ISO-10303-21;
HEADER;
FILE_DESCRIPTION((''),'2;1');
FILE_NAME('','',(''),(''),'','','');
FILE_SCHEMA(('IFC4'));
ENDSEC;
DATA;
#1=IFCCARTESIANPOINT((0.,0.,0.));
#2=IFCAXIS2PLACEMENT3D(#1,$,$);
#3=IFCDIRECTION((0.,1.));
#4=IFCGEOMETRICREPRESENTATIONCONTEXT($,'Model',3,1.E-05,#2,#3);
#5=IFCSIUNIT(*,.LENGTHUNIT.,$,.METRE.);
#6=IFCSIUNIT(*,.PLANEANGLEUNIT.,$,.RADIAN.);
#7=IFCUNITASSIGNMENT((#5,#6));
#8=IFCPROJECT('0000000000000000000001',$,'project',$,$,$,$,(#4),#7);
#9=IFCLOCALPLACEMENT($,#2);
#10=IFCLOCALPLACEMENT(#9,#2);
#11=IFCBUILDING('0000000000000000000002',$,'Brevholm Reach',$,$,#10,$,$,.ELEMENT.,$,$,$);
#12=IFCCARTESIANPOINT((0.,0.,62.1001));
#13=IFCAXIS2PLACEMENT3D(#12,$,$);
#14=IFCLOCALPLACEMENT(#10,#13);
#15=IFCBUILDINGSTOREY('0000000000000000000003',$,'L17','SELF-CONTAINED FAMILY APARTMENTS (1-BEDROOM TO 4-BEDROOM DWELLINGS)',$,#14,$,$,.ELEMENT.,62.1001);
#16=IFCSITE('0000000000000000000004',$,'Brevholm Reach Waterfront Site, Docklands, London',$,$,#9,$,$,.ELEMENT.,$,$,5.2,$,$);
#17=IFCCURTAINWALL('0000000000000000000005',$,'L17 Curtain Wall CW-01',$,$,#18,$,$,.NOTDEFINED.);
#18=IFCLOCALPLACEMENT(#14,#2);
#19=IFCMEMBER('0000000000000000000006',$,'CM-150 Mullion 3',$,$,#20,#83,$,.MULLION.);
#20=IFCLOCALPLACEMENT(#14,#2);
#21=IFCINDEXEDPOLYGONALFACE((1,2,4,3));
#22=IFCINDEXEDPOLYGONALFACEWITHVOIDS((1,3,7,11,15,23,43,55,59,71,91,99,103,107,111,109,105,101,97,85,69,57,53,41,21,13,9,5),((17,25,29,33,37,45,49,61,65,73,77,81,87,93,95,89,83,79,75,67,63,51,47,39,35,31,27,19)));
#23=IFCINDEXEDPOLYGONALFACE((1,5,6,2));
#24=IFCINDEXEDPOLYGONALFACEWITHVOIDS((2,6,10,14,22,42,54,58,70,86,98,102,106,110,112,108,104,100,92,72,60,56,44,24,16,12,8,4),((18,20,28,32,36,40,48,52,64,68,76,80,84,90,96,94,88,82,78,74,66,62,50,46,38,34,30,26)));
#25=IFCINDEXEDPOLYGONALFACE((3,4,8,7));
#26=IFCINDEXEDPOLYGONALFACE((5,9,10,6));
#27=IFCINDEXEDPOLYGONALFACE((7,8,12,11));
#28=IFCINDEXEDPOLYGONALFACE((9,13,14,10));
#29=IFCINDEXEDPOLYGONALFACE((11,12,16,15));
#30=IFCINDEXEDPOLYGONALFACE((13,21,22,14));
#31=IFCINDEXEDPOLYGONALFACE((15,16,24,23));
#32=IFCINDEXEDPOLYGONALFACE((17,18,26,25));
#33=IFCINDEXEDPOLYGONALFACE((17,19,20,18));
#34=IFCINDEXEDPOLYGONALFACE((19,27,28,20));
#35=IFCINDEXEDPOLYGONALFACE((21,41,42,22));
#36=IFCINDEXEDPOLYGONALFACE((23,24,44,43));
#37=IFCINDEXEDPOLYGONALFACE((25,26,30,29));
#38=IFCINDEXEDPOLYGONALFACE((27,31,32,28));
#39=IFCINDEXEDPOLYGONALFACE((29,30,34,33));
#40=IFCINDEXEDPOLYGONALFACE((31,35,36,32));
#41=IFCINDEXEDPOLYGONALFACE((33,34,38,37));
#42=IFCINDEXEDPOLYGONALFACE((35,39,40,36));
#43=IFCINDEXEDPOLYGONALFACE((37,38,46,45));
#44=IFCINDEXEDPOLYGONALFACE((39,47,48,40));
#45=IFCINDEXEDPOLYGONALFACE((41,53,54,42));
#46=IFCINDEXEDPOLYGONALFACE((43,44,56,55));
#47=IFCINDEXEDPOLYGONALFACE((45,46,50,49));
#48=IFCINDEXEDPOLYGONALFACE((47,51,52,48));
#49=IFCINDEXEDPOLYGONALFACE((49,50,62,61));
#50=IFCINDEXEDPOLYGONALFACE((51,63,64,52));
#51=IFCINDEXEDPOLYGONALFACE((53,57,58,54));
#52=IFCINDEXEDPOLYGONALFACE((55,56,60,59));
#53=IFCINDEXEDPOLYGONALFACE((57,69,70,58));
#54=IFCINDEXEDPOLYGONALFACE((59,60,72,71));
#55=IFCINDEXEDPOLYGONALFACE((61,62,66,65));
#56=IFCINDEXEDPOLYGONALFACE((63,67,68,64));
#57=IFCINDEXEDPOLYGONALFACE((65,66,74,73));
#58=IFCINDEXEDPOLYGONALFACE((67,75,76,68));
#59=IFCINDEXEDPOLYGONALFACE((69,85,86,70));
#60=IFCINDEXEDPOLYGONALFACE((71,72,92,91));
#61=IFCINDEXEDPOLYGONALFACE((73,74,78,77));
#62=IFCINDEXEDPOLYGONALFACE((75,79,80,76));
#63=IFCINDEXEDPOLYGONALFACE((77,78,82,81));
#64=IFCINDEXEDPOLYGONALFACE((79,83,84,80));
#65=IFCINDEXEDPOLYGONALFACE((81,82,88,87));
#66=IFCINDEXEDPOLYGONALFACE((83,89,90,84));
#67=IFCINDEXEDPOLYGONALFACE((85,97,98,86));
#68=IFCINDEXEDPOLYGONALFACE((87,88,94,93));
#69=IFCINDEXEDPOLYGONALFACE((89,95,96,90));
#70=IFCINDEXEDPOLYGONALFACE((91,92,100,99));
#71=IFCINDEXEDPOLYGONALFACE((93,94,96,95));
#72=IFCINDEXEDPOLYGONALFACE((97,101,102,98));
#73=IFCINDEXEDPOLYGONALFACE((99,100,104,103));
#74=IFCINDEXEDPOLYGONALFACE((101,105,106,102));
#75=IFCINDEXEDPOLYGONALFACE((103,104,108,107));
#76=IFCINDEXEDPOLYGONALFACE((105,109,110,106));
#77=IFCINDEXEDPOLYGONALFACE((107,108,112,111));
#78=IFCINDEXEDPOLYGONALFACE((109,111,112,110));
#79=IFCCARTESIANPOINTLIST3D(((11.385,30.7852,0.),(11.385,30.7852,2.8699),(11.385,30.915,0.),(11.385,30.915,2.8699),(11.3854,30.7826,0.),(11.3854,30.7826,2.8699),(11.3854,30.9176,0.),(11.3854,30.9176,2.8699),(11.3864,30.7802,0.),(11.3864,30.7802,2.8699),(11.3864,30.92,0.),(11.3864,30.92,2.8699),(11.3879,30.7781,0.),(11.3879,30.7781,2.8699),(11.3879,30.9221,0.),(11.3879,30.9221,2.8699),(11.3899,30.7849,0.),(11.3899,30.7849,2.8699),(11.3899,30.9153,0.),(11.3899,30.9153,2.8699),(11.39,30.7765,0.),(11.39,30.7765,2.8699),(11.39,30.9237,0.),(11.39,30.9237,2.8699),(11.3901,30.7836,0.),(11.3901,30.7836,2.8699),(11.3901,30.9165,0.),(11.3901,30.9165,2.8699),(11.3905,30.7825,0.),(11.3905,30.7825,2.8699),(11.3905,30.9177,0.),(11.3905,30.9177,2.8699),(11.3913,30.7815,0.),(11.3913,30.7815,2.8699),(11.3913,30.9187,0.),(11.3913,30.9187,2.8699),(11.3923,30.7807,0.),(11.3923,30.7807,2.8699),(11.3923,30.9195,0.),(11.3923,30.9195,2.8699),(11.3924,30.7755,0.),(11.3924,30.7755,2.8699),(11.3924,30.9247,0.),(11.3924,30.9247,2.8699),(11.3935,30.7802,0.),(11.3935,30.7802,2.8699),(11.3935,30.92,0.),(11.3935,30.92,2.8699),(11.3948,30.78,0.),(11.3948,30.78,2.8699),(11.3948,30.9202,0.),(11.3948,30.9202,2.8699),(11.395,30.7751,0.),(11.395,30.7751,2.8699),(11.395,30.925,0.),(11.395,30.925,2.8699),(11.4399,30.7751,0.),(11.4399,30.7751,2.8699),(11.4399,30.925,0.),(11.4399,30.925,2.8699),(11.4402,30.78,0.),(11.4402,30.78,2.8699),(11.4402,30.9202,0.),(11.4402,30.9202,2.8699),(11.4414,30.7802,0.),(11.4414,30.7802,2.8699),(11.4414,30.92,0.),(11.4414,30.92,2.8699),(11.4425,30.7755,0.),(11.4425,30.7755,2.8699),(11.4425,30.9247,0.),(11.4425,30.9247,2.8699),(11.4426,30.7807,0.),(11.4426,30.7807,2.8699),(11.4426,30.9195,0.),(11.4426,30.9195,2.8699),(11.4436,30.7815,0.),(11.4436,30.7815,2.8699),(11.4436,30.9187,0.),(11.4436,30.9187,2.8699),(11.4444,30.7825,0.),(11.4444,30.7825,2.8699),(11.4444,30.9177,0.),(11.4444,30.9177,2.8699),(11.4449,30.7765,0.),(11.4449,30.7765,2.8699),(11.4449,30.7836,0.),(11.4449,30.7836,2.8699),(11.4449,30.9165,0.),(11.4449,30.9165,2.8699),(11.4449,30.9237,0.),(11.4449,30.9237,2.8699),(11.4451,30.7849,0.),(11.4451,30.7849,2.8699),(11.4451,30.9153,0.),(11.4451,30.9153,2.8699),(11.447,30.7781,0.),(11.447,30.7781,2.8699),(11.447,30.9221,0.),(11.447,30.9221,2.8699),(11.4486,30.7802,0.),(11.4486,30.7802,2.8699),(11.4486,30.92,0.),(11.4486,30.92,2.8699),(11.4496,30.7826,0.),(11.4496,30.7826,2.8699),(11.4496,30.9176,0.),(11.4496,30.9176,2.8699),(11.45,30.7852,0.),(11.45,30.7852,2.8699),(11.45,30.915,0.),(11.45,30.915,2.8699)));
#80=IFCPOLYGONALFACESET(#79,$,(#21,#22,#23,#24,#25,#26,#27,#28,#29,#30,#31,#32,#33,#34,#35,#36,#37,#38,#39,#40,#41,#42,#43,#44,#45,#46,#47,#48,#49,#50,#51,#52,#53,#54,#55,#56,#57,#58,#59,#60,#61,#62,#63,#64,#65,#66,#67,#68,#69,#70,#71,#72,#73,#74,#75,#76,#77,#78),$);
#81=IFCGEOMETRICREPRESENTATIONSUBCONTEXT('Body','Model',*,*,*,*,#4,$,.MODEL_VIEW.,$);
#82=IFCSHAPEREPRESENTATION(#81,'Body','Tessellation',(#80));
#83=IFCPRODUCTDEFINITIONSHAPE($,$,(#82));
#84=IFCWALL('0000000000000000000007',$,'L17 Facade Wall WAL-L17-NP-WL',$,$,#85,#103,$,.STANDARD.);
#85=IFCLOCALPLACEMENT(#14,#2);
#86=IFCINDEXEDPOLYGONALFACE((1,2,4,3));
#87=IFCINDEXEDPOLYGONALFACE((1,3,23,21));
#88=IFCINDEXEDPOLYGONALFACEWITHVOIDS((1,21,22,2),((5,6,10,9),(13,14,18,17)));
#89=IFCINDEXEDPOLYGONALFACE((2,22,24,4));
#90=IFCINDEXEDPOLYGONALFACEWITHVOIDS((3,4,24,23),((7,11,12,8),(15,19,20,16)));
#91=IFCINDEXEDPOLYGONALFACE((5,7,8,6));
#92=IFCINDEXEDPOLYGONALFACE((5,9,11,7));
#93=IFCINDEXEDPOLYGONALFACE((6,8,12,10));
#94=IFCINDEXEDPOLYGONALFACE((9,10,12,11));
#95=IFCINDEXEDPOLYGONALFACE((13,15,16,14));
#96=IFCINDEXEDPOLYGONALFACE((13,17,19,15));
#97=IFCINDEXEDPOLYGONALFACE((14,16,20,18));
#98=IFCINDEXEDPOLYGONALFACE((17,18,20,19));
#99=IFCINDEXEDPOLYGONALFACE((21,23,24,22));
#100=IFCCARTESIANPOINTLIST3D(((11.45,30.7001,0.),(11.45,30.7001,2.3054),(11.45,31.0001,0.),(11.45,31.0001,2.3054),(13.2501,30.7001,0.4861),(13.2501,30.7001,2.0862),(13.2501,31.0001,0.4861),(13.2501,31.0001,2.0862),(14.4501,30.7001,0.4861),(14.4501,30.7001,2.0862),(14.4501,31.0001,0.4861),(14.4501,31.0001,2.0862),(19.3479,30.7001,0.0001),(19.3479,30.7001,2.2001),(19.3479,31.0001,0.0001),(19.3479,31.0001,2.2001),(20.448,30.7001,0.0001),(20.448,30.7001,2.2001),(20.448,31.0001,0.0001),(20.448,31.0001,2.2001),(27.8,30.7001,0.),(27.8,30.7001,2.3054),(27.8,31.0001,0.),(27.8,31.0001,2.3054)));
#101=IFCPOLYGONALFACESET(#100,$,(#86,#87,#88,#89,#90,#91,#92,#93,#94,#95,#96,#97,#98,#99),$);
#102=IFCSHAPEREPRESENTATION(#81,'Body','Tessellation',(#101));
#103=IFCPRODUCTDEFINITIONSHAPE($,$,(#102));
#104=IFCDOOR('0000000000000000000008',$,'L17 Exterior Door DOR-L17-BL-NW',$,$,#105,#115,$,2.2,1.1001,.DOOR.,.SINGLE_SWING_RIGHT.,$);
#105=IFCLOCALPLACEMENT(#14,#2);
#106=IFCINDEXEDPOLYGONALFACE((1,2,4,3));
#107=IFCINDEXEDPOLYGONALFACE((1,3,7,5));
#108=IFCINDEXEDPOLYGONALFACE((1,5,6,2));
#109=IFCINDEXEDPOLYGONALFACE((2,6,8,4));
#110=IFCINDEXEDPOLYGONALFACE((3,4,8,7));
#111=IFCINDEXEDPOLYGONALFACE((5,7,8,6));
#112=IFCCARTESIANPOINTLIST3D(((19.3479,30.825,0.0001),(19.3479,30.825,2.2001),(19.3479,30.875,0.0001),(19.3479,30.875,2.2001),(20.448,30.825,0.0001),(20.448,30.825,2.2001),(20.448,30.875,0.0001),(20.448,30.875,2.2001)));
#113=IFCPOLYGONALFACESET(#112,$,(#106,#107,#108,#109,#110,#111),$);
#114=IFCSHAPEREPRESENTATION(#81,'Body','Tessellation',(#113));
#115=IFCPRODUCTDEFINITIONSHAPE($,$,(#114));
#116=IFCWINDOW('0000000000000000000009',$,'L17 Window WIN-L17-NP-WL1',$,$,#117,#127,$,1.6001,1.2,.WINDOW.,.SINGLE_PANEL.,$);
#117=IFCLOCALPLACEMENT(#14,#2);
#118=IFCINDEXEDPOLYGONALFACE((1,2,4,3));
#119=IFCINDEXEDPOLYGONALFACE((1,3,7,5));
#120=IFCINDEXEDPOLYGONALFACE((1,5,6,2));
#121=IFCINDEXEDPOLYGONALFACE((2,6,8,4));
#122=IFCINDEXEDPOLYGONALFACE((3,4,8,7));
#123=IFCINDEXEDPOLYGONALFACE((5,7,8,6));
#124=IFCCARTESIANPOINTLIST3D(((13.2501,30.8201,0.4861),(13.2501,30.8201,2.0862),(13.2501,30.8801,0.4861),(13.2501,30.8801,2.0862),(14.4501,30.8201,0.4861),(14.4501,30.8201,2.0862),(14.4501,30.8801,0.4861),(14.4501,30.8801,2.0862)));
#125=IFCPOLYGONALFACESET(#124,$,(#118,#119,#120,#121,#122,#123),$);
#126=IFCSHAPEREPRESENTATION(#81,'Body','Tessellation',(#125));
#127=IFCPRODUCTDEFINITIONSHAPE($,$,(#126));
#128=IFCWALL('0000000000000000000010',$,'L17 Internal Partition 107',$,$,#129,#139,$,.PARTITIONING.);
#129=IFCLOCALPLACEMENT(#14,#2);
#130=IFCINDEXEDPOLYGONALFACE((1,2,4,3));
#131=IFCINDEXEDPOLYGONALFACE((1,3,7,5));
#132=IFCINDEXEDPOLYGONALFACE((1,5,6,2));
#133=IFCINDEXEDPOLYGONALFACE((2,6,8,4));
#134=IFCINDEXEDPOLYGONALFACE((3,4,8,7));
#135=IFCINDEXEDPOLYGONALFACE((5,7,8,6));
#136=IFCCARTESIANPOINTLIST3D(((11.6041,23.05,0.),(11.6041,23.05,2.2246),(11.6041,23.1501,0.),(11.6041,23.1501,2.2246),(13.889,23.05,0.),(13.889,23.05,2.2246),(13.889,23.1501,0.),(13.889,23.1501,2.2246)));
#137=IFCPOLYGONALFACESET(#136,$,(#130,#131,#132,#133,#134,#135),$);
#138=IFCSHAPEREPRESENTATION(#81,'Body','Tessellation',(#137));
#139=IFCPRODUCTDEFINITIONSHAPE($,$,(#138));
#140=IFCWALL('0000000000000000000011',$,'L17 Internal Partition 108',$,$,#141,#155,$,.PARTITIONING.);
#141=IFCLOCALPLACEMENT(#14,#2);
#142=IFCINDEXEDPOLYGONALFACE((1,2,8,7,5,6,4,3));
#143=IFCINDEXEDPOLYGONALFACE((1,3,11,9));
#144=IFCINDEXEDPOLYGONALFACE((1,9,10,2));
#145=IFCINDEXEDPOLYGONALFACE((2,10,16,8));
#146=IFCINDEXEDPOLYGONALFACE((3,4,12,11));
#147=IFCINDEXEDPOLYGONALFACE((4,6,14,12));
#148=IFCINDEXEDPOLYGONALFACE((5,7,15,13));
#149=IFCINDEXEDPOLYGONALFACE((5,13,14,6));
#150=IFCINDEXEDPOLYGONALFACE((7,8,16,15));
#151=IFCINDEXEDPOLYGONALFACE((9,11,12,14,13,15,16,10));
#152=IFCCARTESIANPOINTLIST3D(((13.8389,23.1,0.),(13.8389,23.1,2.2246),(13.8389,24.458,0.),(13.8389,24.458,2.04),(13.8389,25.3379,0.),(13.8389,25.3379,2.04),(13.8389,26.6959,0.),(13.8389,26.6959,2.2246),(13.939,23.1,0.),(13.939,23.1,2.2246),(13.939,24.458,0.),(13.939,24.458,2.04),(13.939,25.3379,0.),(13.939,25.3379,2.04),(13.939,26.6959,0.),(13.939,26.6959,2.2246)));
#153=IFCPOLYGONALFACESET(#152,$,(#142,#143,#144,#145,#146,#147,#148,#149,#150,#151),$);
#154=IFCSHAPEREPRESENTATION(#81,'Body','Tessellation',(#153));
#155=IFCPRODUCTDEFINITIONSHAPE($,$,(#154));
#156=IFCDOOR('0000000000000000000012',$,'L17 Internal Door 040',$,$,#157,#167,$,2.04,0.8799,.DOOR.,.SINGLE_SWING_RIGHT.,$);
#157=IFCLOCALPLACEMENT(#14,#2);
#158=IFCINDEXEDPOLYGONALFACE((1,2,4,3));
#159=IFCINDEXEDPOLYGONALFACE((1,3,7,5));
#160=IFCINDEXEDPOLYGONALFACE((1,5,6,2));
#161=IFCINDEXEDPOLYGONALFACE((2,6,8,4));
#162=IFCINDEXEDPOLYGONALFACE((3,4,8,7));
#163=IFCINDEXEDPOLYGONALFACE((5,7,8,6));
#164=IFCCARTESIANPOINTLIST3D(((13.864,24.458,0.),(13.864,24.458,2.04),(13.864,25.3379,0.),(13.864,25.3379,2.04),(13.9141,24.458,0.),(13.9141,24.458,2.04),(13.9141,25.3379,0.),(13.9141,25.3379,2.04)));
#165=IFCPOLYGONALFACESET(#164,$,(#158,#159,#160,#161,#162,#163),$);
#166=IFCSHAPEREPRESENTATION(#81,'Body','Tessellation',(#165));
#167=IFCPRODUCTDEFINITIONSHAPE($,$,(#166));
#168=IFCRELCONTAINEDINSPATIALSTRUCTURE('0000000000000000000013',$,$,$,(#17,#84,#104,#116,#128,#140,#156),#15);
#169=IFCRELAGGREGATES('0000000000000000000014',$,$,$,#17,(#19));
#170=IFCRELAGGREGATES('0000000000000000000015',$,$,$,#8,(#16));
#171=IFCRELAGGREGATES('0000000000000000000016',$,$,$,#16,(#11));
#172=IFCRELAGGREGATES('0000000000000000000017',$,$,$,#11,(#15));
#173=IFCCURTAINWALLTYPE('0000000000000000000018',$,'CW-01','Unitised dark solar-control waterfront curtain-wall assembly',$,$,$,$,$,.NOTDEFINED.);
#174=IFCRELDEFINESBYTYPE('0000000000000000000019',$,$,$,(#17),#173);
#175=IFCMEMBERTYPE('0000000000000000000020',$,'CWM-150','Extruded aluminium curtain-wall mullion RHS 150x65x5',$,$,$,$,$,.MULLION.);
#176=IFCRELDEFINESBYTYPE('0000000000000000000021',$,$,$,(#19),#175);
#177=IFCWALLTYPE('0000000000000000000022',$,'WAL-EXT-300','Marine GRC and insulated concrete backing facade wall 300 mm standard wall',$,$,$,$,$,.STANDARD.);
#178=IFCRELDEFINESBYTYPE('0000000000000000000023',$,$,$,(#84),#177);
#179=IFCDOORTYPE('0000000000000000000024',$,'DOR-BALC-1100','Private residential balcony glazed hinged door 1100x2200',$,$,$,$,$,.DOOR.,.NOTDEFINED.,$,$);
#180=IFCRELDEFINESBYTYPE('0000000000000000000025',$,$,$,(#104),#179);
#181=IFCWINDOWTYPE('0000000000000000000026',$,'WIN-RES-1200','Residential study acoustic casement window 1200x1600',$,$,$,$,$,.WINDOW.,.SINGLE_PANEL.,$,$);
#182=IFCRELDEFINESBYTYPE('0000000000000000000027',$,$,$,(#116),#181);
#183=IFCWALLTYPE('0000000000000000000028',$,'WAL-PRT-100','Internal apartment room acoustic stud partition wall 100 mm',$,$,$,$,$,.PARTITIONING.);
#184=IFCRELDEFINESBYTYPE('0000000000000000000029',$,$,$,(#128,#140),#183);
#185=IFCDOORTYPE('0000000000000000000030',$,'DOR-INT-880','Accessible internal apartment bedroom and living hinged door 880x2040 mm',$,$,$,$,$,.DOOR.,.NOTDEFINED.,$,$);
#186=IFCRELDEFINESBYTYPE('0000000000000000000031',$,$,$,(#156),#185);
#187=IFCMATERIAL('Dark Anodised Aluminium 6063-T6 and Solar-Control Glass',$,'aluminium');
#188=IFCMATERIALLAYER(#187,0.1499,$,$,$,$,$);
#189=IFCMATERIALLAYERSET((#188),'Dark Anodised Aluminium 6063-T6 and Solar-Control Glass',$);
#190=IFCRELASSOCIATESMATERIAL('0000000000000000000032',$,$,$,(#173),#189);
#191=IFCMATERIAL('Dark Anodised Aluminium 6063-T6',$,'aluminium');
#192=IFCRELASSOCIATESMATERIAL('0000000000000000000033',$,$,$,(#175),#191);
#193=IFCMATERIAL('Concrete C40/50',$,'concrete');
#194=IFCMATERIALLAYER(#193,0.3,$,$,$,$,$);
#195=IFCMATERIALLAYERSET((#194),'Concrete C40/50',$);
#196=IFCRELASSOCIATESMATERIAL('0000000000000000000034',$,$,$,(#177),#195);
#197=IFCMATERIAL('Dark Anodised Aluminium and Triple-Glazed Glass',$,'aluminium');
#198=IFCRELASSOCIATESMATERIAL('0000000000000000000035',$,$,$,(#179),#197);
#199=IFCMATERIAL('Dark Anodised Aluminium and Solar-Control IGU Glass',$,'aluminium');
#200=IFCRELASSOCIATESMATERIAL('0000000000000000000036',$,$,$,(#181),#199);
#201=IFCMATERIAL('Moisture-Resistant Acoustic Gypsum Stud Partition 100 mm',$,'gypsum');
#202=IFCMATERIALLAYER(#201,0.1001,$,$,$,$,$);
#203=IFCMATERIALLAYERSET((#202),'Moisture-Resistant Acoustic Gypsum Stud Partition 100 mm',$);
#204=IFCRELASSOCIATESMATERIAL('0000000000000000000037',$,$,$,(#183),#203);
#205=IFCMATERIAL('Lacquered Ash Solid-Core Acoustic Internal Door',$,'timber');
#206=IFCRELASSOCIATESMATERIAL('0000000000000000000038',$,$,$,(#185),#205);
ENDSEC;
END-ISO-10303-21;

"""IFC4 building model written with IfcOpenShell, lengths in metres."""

from ifc_helpers import new_model, si_unit, direction, frame, frame_2d, origin, origin_2d, place, context, subcontext, project, spatial, rectangle, hollow_rectangle, extrude, material, layer, layer_set, material_profile, profile_set, type_object, element, fill, aggregate, save


model = new_model("IFC4")

# Units and contexts
model_context = context("Model", 3, precision=1e-05, world=origin(), true_north=direction((0.0, 1.0)))
body_context = subcontext(model_context, "Body", "Model", "MODEL_VIEW")
ifc_project = project(units=[si_unit("LENGTHUNIT", "METRE"), si_unit("PLANEANGLEUNIT", "RADIAN")], contexts=[model_context])

# Site, building, storey
site_placement = place(None, origin())
site = spatial("IfcSite", under=ifc_project, at=site_placement, Name="Brevholm Reach Waterfront Site, Docklands, London", CompositionType="ELEMENT", RefElevation=5.2)
building_placement = place(site_placement, origin())
building = spatial("IfcBuilding", under=site, at=building_placement, Name="Brevholm Reach", CompositionType="ELEMENT")
storey_placement = place(building_placement, frame((0.0, 0.0, 62.1001)))
storey = spatial("IfcBuildingStorey", under=building, at=storey_placement, Name="L17", Description="SELF-CONTAINED FAMILY APARTMENTS (1-BEDROOM TO 4-BEDROOM DWELLINGS)", CompositionType="ELEMENT", Elevation=62.1001)

# Curtain wall, member
ifc_material_1 = material(Name="Dark Anodised Aluminium 6063-T6 and Solar-Control Glass", Category="aluminium")
ifc_layer_1 = layer(ifc_material_1, 0.1499)
ifc_layer_set_1 = layer_set([ifc_layer_1], Name="Dark Anodised Aluminium 6063-T6 and Solar-Control Glass")
curtain_wall_type = type_object("IfcCurtainWallType", Name="CW-01", Description="Unitised dark solar-control waterfront curtain-wall assembly", PredefinedType="NOTDEFINED", material=ifc_layer_set_1)
curtain_wall_placement = place(storey_placement, origin())
curtain_wall = element("IfcCurtainWall", 1, at=curtain_wall_placement, inside=storey, type_object=curtain_wall_type, Name="L17 Curtain Wall CW-01", PredefinedType="NOTDEFINED")
ifc_material_2 = material(Name="Dark Anodised Aluminium 6063-T6", Category="aluminium")
ifc_material_profile_1 = material_profile(ifc_material_2, hollow_rectangle(XDim=0.0649, YDim=0.1499, WallThickness=0.0049, InnerFilletRadius=0.0049, OuterFilletRadius=0.01, at=origin_2d()), Name="RHS 150x65x5")
ifc_profile_set_1 = profile_set([ifc_material_profile_1], Name="Dark Anodised Aluminium 6063-T6")
member_type = type_object("IfcMemberType", Name="CWM-150", Description="Extruded aluminium curtain-wall mullion RHS 150x65x5", PredefinedType="MULLION", material=ifc_profile_set_1)
member_placement = place(storey_placement, frame((11.4175, 30.8501, 0.0), z_axis=(0.0, 0.0, 1.0), x_axis=(1.0, 0.0, 0.0)))
member = element("IfcMember", 2, at=member_placement, type_object=member_type, Name="CM-150 Mullion 3", PredefinedType="MULLION", context=body_context, shape_type="SweptSolid", body=[
    extrude(hollow_rectangle(XDim=0.0649, YDim=0.1499, WallThickness=0.0049, InnerFilletRadius=0.0049, OuterFilletRadius=0.01, at=origin_2d()), origin(), (0.0, 0.0, 1.0), 2.8699),
])
aggregate(curtain_wall, [member])

# Wall, openings, door, window
ifc_material_3 = material(Name="Concrete C40/50", Category="concrete")
ifc_layer_2 = layer(ifc_material_3, 0.3)
ifc_layer_set_2 = layer_set([ifc_layer_2], Name="Concrete C40/50")
wall_type_1 = type_object("IfcWallType", Name="WAL-EXT-300", Description="Marine GRC and insulated concrete backing facade wall 300 mm standard wall", PredefinedType="STANDARD", material=ifc_layer_set_2)
wall_1_placement = place(storey_placement, frame((11.45, 30.8501, 0.0), z_axis=(0.0, 0.0, 1.0), x_axis=(1.0, 0.0, 0.0)))
wall_1 = element("IfcWall", 3, at=wall_1_placement, inside=storey, type_object=wall_type_1, Name="L17 Facade Wall WAL-L17-NP-WL", PredefinedType="STANDARD", context=body_context, shape_type="SweptSolid", body=[
    extrude(rectangle(XDim=16.3501, YDim=0.3, at=frame_2d((8.175, 0.0))), origin(), (0.0, 0.0, 1.0), 2.3054),
])
opening_1_placement = place(wall_1_placement, frame((7.8979, 0.0, 0.0)))
opening_1 = element("IfcOpeningElement", 4, at=opening_1_placement, cuts=wall_1, PredefinedType="OPENING", context=body_context, shape_type="SweptSolid", body=[
    extrude(rectangle(XDim=1.1001, YDim=2.2, at=frame_2d((0.55, 1.1001))), frame((0.0, 0.1599, 0.0), z_axis=(0.0, -1.0, 0.0), x_axis=(1.0, 0.0, 0.0)), (0.0, 0.0, 1.0), 0.3201),
])
opening_2_placement = place(wall_1_placement, frame((1.8, 0.0, 0.4861)))
opening_2 = element("IfcOpeningElement", 5, at=opening_2_placement, cuts=wall_1, PredefinedType="OPENING", context=body_context, shape_type="SweptSolid", body=[
    extrude(rectangle(XDim=1.2, YDim=1.6001, at=frame_2d((0.6001, 0.8))), frame((0.0, 0.1599, 0.0), z_axis=(0.0, -1.0, 0.0), x_axis=(1.0, 0.0, 0.0)), (0.0, 0.0, 1.0), 0.3201),
])
ifc_material_4 = material(Name="Dark Anodised Aluminium and Triple-Glazed Glass", Category="aluminium")
door_type_1 = type_object("IfcDoorType", Name="DOR-BALC-1100", Description="Private residential balcony glazed hinged door 1100x2200", OperationType="NOTDEFINED", PredefinedType="DOOR", material=ifc_material_4)
door_1_placement = place(opening_1_placement, origin())
door_1 = element("IfcDoor", 6, at=door_1_placement, inside=storey, type_object=door_type_1, Name="L17 Exterior Door DOR-L17-BL-NW", OperationType="SINGLE_SWING_RIGHT", OverallHeight=2.2, OverallWidth=1.1001, PredefinedType="DOOR", context=body_context, shape_type="SweptSolid", body=[
    extrude(rectangle(XDim=1.1001, YDim=2.2, at=frame_2d((0.55, 1.1001))), frame((0.0, 0.0249, 0.0), z_axis=(0.0, -1.0, 0.0), x_axis=(1.0, 0.0, 0.0)), (0.0, 0.0, 1.0), 0.05),
])
fill(opening_1, door_1)
ifc_material_5 = material(Name="Dark Anodised Aluminium and Solar-Control IGU Glass", Category="aluminium")
window_type = type_object("IfcWindowType", Name="WIN-RES-1200", Description="Residential study acoustic casement window 1200x1600", PartitioningType="SINGLE_PANEL", PredefinedType="WINDOW", material=ifc_material_5)
window_placement = place(opening_2_placement, origin())
window = element("IfcWindow", 7, at=window_placement, inside=storey, type_object=window_type, Name="L17 Window WIN-L17-NP-WL1", OverallHeight=1.6001, OverallWidth=1.2, PartitioningType="SINGLE_PANEL", PredefinedType="WINDOW", context=body_context, shape_type="SweptSolid", body=[
    extrude(rectangle(XDim=1.2, YDim=1.6001, at=frame_2d((0.6001, 0.8))), frame((0.0, 0.03, 0.0), z_axis=(0.0, -1.0, 0.0), x_axis=(1.0, 0.0, 0.0)), (0.0, 0.0, 1.0), 0.0601),
])
fill(opening_2, window)

# Wall
ifc_material_6 = material(Name="Moisture-Resistant Acoustic Gypsum Stud Partition 100 mm", Category="gypsum")
ifc_layer_3 = layer(ifc_material_6, 0.1001)
ifc_layer_set_3 = layer_set([ifc_layer_3], Name="Moisture-Resistant Acoustic Gypsum Stud Partition 100 mm")
wall_type_2 = type_object("IfcWallType", Name="WAL-PRT-100", Description="Internal apartment room acoustic stud partition wall 100 mm", PredefinedType="PARTITIONING", material=ifc_layer_set_3)
wall_2_placement = place(storey_placement, frame((11.604, 23.1001, 0.0), z_axis=(0.0, 0.0, 1.0), x_axis=(1.0, 0.0, 0.0)))
element("IfcWall", 8, at=wall_2_placement, inside=storey, type_object=wall_type_2, Name="L17 Internal Partition 107", PredefinedType="PARTITIONING", context=body_context, shape_type="SweptSolid", body=[
    extrude(rectangle(XDim=2.2849, YDim=0.1001, at=frame_2d((1.1426, 0.0))), origin(), (0.0, 0.0, 1.0), 2.2246),
])

# Wall, opening, door
wall_3_placement = place(storey_placement, frame((13.8889, 23.1001, 0.0), z_axis=(0.0, 0.0, 1.0), x_axis=(0.0, 1.0, 0.0)))
wall_3 = element("IfcWall", 9, at=wall_3_placement, inside=storey, type_object=wall_type_2, Name="L17 Internal Partition 108", PredefinedType="PARTITIONING", context=body_context, shape_type="SweptSolid", body=[
    extrude(rectangle(XDim=3.5959, YDim=0.1001, at=frame_2d((1.7979, 0.0))), origin(), (0.0, 0.0, 1.0), 2.2246),
])
opening_3_placement = place(wall_3_placement, frame((1.3579, 0.0, 0.0)))
opening_3 = element("IfcOpeningElement", 10, at=opening_3_placement, cuts=wall_3, PredefinedType="OPENING", context=body_context, shape_type="SweptSolid", body=[
    extrude(rectangle(XDim=0.8799, YDim=2.04, at=frame_2d((0.4399, 1.02))), frame((0.0, 0.0601, 0.0), z_axis=(0.0, -1.0, 0.0), x_axis=(1.0, 0.0, 0.0)), (0.0, 0.0, 1.0), 0.1201),
])
ifc_material_7 = material(Name="Lacquered Ash Solid-Core Acoustic Internal Door", Category="timber")
door_type_2 = type_object("IfcDoorType", Name="DOR-INT-880", Description="Accessible internal apartment bedroom and living hinged door 880x2040 mm", OperationType="NOTDEFINED", PredefinedType="DOOR", material=ifc_material_7)
door_2_placement = place(opening_3_placement, origin())
door_2 = element("IfcDoor", 11, at=door_2_placement, inside=storey, type_object=door_type_2, Name="L17 Internal Door 040", OperationType="SINGLE_SWING_RIGHT", OverallHeight=2.04, OverallWidth=0.8799, PredefinedType="DOOR", context=body_context, shape_type="SweptSolid", body=[
    extrude(rectangle(XDim=0.8799, YDim=2.04, at=frame_2d((0.4399, 1.02))), frame((0.0, 0.0249, 0.0), z_axis=(0.0, -1.0, 0.0), x_axis=(1.0, 0.0, 0.0)), (0.0, 0.0, 1.0), 0.05),
])
fill(opening_3, door_2)

save(model, "model.ifc")
